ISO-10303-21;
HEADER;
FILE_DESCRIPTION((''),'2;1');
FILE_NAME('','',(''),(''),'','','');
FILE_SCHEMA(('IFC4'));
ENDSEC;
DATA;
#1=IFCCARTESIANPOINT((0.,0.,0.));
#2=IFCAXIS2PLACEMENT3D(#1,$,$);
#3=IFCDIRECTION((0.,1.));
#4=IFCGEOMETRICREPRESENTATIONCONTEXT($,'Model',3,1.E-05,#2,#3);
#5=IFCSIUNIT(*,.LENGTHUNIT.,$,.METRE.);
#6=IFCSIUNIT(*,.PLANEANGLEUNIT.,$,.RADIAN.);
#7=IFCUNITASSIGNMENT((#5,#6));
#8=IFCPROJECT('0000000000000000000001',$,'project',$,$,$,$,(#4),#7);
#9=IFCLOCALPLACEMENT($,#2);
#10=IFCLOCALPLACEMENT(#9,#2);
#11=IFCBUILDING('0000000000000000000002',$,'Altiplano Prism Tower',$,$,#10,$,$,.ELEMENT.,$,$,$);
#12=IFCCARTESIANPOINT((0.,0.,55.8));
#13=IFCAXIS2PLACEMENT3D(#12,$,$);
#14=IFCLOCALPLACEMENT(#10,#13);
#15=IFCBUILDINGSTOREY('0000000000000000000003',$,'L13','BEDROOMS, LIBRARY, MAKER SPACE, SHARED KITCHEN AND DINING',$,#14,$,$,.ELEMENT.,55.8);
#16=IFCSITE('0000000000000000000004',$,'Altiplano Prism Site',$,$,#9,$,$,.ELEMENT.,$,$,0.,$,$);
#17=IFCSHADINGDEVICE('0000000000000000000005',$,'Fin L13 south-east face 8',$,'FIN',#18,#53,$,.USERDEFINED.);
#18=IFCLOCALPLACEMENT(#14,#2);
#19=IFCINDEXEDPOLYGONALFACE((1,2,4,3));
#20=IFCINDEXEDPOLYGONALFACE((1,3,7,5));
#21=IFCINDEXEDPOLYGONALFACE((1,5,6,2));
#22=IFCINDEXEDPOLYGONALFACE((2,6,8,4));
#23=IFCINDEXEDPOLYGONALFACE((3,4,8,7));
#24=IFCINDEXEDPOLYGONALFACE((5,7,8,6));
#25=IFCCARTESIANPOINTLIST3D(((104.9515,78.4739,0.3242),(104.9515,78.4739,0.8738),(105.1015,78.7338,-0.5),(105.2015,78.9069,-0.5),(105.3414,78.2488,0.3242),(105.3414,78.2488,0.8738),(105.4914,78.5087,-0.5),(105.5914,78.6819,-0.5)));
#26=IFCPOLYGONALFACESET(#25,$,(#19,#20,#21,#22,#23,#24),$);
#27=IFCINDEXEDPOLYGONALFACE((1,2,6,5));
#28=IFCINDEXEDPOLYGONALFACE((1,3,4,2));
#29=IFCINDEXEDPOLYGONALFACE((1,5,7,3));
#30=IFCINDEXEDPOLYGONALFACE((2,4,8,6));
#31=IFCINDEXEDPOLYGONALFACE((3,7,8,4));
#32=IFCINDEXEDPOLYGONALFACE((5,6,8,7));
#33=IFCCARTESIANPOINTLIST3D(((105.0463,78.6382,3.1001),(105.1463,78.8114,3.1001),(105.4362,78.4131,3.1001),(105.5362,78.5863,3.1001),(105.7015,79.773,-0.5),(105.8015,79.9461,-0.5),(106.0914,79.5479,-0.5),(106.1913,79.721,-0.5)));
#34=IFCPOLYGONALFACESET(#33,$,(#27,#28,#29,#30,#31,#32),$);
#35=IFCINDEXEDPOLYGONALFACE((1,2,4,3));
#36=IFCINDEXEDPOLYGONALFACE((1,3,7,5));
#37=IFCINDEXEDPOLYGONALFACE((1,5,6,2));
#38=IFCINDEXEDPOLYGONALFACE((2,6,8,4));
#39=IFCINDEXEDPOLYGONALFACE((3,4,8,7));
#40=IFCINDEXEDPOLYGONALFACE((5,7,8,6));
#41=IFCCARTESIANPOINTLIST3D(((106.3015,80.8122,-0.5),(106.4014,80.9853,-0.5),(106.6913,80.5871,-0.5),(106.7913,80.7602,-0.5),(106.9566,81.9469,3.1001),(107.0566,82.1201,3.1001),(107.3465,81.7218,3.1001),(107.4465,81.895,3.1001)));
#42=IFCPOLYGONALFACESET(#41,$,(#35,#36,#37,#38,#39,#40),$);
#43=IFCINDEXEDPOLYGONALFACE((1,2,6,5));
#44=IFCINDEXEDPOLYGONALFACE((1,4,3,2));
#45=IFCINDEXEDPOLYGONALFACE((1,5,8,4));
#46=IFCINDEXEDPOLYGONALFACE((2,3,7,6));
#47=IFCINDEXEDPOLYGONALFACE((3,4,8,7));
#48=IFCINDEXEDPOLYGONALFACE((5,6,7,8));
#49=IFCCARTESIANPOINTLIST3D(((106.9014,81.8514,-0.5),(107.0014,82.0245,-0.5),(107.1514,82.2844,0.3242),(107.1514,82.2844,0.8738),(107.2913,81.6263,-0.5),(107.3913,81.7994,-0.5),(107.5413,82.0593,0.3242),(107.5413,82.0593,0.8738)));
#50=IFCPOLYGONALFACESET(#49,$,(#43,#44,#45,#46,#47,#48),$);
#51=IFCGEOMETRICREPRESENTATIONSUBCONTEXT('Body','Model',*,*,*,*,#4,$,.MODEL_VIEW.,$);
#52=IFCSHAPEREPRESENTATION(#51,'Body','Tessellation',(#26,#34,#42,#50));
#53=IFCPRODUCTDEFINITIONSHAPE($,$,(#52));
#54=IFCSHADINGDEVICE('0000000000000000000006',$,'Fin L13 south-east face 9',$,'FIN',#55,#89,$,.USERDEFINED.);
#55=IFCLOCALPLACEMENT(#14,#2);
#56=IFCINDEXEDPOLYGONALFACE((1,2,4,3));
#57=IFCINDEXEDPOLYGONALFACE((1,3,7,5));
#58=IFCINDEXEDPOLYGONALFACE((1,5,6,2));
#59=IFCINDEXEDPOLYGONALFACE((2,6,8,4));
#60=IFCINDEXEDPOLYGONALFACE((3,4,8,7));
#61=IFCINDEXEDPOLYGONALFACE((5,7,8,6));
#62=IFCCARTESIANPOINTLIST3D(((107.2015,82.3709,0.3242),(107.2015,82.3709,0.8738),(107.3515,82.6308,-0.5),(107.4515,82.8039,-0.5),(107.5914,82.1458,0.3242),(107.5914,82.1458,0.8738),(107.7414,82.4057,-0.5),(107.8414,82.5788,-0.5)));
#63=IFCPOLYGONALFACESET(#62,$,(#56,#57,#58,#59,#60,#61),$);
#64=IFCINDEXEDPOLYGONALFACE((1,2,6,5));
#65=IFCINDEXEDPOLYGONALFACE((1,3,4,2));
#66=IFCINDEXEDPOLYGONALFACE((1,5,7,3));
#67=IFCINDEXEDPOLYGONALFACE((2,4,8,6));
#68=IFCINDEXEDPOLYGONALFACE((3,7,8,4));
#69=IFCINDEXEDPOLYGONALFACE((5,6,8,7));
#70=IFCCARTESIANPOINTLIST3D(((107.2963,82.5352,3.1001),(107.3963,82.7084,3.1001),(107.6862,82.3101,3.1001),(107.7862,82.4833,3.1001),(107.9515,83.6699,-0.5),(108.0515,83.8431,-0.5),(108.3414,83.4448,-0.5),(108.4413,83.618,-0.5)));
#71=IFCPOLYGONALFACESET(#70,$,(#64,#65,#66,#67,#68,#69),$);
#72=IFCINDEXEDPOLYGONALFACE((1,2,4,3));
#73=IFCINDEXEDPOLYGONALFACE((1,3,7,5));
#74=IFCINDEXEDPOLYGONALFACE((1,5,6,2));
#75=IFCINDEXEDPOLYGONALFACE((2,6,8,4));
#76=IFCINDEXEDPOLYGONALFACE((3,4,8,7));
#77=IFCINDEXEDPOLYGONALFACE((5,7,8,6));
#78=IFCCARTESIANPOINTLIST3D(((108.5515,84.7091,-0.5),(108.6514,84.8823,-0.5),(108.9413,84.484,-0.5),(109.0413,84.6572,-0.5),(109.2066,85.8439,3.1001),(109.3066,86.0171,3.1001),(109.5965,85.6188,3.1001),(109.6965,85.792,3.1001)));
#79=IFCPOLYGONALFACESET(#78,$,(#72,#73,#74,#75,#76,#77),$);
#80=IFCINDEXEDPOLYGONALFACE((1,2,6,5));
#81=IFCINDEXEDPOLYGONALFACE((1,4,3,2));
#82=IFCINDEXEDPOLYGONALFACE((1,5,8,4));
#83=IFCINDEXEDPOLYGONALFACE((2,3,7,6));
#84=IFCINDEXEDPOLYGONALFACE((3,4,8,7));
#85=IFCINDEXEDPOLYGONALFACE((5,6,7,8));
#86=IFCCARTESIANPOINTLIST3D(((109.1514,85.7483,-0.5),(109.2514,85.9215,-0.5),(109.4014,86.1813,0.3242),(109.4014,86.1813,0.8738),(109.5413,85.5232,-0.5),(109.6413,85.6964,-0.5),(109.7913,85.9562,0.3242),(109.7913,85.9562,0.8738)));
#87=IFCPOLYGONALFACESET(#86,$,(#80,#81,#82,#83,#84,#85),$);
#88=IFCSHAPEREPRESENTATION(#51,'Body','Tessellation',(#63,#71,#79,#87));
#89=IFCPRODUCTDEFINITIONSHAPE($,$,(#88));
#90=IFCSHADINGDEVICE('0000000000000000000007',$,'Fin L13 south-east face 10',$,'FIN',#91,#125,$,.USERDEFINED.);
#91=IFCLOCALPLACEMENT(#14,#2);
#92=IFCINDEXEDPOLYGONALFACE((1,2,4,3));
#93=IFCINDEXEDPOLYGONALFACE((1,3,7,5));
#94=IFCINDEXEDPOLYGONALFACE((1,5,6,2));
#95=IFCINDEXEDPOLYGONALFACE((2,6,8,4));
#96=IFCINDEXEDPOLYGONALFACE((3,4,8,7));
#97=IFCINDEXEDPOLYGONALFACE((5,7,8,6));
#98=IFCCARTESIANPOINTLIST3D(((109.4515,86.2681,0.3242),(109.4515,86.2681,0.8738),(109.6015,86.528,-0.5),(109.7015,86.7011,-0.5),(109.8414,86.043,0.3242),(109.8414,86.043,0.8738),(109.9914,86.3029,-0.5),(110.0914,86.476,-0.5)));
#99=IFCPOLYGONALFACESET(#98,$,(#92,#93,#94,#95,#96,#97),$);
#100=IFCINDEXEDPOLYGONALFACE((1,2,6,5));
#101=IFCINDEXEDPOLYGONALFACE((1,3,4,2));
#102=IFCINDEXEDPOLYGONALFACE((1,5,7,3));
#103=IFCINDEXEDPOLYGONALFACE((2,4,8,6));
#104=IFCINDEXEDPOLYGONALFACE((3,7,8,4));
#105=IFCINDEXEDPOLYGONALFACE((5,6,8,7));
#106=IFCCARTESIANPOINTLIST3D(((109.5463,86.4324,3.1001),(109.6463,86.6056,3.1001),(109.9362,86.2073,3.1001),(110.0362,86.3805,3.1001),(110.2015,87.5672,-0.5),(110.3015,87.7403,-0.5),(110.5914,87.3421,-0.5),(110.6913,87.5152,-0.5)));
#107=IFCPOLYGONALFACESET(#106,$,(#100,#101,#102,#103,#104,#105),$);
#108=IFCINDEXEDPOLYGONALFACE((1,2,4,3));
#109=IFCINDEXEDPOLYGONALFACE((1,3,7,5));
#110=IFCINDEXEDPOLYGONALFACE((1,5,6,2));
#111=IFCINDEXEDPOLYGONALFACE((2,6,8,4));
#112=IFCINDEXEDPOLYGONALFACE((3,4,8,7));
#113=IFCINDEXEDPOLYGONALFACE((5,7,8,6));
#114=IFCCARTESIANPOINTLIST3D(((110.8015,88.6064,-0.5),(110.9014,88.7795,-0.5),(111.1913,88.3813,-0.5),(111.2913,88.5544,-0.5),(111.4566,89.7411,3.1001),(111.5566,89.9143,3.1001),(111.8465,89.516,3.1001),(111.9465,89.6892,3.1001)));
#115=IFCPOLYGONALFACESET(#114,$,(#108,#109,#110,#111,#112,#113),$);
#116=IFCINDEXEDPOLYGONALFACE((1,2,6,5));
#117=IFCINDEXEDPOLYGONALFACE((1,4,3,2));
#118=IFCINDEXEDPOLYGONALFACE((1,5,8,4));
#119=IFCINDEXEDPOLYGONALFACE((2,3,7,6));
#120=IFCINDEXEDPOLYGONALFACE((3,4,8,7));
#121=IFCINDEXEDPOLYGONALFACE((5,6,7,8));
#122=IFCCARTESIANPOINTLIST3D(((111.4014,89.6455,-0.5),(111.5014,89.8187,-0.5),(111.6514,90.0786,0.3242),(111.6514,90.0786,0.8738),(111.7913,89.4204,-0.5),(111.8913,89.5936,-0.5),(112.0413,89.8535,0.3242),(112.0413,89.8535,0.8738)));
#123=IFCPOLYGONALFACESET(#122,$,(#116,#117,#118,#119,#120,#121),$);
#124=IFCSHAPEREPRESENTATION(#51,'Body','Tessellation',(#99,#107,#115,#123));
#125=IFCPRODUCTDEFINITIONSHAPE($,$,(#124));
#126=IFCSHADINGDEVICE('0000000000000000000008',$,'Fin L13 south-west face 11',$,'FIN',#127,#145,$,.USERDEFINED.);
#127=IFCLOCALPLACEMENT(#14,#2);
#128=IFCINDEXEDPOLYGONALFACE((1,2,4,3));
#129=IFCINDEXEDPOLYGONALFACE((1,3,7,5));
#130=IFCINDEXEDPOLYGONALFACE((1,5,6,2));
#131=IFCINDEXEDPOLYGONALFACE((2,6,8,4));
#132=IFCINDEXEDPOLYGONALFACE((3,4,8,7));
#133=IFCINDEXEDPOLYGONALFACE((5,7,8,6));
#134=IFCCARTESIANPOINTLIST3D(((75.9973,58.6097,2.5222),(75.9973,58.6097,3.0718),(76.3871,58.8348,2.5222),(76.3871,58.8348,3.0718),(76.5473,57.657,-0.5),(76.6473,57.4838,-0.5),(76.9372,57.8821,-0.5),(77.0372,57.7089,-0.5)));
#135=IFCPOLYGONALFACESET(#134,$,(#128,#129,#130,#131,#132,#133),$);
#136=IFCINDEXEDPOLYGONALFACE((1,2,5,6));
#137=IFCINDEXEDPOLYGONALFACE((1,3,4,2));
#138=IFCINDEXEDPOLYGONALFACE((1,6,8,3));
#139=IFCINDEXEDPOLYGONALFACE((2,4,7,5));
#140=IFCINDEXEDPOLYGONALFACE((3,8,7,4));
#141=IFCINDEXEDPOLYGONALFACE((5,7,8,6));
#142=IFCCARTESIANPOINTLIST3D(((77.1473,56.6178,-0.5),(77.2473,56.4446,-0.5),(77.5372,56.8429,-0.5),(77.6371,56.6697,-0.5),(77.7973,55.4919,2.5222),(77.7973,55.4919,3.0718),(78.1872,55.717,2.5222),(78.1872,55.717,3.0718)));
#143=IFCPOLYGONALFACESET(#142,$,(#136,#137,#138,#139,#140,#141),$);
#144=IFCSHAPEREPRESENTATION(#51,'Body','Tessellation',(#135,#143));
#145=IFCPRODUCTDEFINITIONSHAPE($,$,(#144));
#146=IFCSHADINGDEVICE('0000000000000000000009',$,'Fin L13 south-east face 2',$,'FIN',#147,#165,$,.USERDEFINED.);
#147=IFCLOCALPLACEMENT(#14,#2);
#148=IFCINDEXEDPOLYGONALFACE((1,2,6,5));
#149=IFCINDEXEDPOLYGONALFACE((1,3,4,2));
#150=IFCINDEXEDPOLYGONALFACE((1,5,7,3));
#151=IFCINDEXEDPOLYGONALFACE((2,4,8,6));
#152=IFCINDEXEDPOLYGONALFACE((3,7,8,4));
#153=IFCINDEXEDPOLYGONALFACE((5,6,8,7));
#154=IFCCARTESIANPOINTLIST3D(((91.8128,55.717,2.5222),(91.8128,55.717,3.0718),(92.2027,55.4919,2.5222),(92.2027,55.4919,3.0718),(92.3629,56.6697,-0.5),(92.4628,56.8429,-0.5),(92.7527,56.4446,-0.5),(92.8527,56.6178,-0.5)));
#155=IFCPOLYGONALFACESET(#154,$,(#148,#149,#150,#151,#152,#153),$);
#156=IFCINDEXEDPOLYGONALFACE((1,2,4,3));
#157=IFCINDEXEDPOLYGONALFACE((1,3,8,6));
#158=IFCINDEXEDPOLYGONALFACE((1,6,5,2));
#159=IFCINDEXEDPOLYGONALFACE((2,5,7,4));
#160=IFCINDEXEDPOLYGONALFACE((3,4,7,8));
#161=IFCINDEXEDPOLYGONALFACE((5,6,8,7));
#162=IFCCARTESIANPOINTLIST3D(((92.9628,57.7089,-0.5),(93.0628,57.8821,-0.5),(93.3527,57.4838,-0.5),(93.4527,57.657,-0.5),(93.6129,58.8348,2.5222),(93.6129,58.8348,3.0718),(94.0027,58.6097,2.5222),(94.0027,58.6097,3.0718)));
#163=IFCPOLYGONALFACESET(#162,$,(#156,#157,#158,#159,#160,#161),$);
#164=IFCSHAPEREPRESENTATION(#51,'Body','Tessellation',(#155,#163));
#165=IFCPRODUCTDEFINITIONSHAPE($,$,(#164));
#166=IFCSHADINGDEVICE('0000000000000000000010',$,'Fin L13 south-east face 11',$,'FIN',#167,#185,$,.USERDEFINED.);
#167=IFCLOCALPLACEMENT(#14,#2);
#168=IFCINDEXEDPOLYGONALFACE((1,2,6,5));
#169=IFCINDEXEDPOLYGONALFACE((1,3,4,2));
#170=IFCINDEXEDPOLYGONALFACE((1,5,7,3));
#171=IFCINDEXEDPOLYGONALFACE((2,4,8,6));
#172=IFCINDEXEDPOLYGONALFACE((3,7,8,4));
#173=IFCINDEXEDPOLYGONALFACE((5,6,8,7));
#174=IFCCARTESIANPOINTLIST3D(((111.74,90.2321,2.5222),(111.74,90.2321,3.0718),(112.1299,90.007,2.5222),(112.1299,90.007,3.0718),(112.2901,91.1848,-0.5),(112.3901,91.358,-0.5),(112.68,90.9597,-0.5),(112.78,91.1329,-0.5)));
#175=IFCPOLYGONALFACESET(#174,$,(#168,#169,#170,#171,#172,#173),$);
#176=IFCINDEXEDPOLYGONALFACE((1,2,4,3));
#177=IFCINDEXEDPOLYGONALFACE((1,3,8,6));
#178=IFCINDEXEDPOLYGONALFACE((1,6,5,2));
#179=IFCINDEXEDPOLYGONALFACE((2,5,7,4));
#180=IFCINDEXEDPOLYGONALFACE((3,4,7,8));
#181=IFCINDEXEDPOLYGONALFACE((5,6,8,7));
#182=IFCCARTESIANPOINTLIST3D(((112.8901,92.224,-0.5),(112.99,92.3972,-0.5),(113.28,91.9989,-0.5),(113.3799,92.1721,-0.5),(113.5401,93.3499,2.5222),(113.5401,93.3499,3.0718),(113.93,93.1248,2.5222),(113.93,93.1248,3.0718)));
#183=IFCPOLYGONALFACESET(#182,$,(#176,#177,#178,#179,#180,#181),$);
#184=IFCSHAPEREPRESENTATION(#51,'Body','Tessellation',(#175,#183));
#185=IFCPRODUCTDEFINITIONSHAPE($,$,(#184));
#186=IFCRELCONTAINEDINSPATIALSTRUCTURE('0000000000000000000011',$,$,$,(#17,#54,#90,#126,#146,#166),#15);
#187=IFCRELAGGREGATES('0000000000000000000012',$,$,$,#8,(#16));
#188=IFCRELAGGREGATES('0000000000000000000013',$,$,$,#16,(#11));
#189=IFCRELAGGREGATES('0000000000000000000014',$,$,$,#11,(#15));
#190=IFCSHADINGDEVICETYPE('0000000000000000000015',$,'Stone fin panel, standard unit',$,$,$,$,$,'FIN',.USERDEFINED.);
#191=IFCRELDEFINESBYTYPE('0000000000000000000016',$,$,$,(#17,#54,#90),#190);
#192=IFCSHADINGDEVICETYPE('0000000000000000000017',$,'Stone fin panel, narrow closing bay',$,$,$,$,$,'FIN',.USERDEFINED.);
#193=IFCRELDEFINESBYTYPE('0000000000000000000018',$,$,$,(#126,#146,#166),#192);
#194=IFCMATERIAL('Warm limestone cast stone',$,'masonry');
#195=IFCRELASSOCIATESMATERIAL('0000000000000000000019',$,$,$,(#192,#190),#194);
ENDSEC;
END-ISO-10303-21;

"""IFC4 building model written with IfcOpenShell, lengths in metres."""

from ifc_helpers import new_model, si_unit, direction, frame, origin, place, context, subcontext, project, spatial, polyline, outline, extrude, source, transform, mapped, material, type_object, element, save


model = new_model("IFC4")

# Units and contexts
model_context = context("Model", 3, precision=1e-05, world=origin(), true_north=direction((0.0, 1.0)))
body_context = subcontext(model_context, "Body", "Model", "MODEL_VIEW")
ifc_project = project(units=[si_unit("LENGTHUNIT", "METRE"), si_unit("PLANEANGLEUNIT", "RADIAN")], contexts=[model_context])

# Site, building, storey
site_placement = place(None, origin())
site = spatial("IfcSite", under=ifc_project, at=site_placement, Name="Altiplano Prism Site", CompositionType="ELEMENT", RefElevation=0.0)
building_placement = place(site_placement, origin())
building = spatial("IfcBuilding", under=site, at=building_placement, Name="Altiplano Prism Tower", CompositionType="ELEMENT")
storey_placement = place(building_placement, frame((0.0, 0.0, 55.8)))
storey = spatial("IfcBuildingStorey", under=building, at=storey_placement, Name="L13", Description="BEDROOMS, LIBRARY, MAKER SPACE, SHARED KITCHEN AND DINING", CompositionType="ELEMENT", Elevation=55.8)

# Shading devices
ifc_material_1 = material(Name="Warm limestone cast stone", Category="masonry")
shading_device_type_1 = type_object("IfcShadingDeviceType", Name="Stone fin panel, narrow closing bay", ElementType="FIN", PredefinedType="USERDEFINED", material=ifc_material_1)
shading_device_type_2 = type_object("IfcShadingDeviceType", Name="Stone fin panel, standard unit", ElementType="FIN", PredefinedType="USERDEFINED", material=ifc_material_1)
shared_shape_1 = source(origin(), body_context, "Body", "SweptSolid", [
    extrude(outline(polyline([(-2.2, 1.3738), (-2.2, 0.8242), (-1.8999, 0.0), (-1.7, 0.0), (-2.2, 1.3738)])), frame((0.0, -0.1499, 0.0), z_axis=(0.0, -1.0, 0.0), x_axis=(1.0, 0.0, 0.0)), (0.0, 0.0, 1.0), 0.4502),
    extrude(outline(polyline([(-2.0103, 3.6001), (-0.7, 0.0), (-0.5, 0.0), (-1.8103, 3.6001), (-2.0103, 3.6001)])), frame((0.0, -0.1499, 0.0), z_axis=(0.0, -1.0, 0.0), x_axis=(1.0, 0.0, 0.0)), (0.0, 0.0, 1.0), 0.4502),
    extrude(outline(polyline([(1.8103, 3.6001), (0.5, 0.0), (0.7, 0.0), (2.0103, 3.6001), (1.8103, 3.6001)])), frame((0.0, -0.1499, 0.0), z_axis=(0.0, -1.0, 0.0), x_axis=(1.0, 0.0, 0.0)), (0.0, 0.0, 1.0), 0.4502),
    extrude(outline(polyline([(2.2, 0.8242), (2.2, 1.3738), (1.7, 0.0), (1.8999, 0.0), (2.2, 0.8242)])), frame((0.0, -0.1499, 0.0), z_axis=(0.0, -1.0, 0.0), x_axis=(1.0, 0.0, 0.0)), (0.0, 0.0, 1.0), 0.4502),
])
shading_device_1_placement = place(storey_placement, origin())
element("IfcShadingDevice", 1, at=shading_device_1_placement, inside=storey, type_object=shading_device_type_2, Name="Fin L13 south-east face 8", ObjectType="FIN", PredefinedType="USERDEFINED", context=body_context, shape_type="MappedRepresentation", body=[
    mapped(shared_shape_1, transform((105.9216, 80.4541, -0.5), x_axis=(0.5, 0.866025, 0.0), y_axis=(-0.866025, 0.5, 0.0), z_axis=(0.0, 0.0, 1.0))),
])
shading_device_2_placement = place(storey_placement, origin())
element("IfcShadingDevice", 2, at=shading_device_2_placement, inside=storey, type_object=shading_device_type_2, Name="Fin L13 south-east face 9", ObjectType="FIN", PredefinedType="USERDEFINED", context=body_context, shape_type="MappedRepresentation", body=[
    mapped(shared_shape_1, transform((108.1716, 84.3511, -0.5), x_axis=(0.5, 0.866025, 0.0), y_axis=(-0.866025, 0.5, 0.0), z_axis=(0.0, 0.0, 1.0))),
])
shading_device_3_placement = place(storey_placement, origin())
element("IfcShadingDevice", 3, at=shading_device_3_placement, inside=storey, type_object=shading_device_type_2, Name="Fin L13 south-east face 10", ObjectType="FIN", PredefinedType="USERDEFINED", context=body_context, shape_type="MappedRepresentation", body=[
    mapped(shared_shape_1, transform((110.4216, 88.2483, -0.5), x_axis=(0.5, 0.866025, 0.0), y_axis=(-0.866025, 0.5, 0.0), z_axis=(0.0, 0.0, 1.0))),
])
shared_shape_2 = source(origin(), body_context, "Body", "SweptSolid", [
    extrude(outline(polyline([(-1.8, 3.5718), (-1.8, 3.0222), (-0.7, 0.0), (-0.5, 0.0), (-1.8, 3.5718)])), frame((0.0, -0.1499, 0.0), z_axis=(0.0, -1.0, 0.0), x_axis=(1.0, 0.0, 0.0)), (0.0, 0.0, 1.0), 0.4502),
    extrude(outline(polyline([(1.8, 3.0222), (1.8, 3.5718), (0.5, 0.0), (0.7, 0.0), (1.8, 3.0222)])), frame((0.0, -0.1499, 0.0), z_axis=(0.0, -1.0, 0.0), x_axis=(1.0, 0.0, 0.0)), (0.0, 0.0, 1.0), 0.4502),
])
shading_device_4_placement = place(storey_placement, origin())
element("IfcShadingDevice", 4, at=shading_device_4_placement, inside=storey, type_object=shading_device_type_1, Name="Fin L13 south-west face 11", ObjectType="FIN", PredefinedType="USERDEFINED", context=body_context, shape_type="MappedRepresentation", body=[
    mapped(shared_shape_2, transform((77.417, 57.3508, -0.5), x_axis=(0.5, -0.866025, 0.0), y_axis=(0.866025, 0.5, 0.0), z_axis=(0.0, 0.0, 1.0))),
])
shading_device_5_placement = place(storey_placement, origin())
element("IfcShadingDevice", 5, at=shading_device_5_placement, inside=storey, type_object=shading_device_type_1, Name="Fin L13 south-east face 2", ObjectType="FIN", PredefinedType="USERDEFINED", context=body_context, shape_type="MappedRepresentation", body=[
    mapped(shared_shape_2, transform((92.583, 57.3508, -0.5), x_axis=(0.5, 0.866025, 0.0), y_axis=(-0.866025, 0.5, 0.0), z_axis=(0.0, 0.0, 1.0))),
])
shading_device_6_placement = place(storey_placement, origin())
element("IfcShadingDevice", 6, at=shading_device_6_placement, inside=storey, type_object=shading_device_type_1, Name="Fin L13 south-east face 11", ObjectType="FIN", PredefinedType="USERDEFINED", context=body_context, shape_type="MappedRepresentation", body=[
    mapped(shared_shape_2, transform((112.5103, 91.866, -0.5), x_axis=(0.5, 0.866025, 0.0), y_axis=(-0.866025, 0.5, 0.0), z_axis=(0.0, 0.0, 1.0))),
])

save(model, "model.ifc")
